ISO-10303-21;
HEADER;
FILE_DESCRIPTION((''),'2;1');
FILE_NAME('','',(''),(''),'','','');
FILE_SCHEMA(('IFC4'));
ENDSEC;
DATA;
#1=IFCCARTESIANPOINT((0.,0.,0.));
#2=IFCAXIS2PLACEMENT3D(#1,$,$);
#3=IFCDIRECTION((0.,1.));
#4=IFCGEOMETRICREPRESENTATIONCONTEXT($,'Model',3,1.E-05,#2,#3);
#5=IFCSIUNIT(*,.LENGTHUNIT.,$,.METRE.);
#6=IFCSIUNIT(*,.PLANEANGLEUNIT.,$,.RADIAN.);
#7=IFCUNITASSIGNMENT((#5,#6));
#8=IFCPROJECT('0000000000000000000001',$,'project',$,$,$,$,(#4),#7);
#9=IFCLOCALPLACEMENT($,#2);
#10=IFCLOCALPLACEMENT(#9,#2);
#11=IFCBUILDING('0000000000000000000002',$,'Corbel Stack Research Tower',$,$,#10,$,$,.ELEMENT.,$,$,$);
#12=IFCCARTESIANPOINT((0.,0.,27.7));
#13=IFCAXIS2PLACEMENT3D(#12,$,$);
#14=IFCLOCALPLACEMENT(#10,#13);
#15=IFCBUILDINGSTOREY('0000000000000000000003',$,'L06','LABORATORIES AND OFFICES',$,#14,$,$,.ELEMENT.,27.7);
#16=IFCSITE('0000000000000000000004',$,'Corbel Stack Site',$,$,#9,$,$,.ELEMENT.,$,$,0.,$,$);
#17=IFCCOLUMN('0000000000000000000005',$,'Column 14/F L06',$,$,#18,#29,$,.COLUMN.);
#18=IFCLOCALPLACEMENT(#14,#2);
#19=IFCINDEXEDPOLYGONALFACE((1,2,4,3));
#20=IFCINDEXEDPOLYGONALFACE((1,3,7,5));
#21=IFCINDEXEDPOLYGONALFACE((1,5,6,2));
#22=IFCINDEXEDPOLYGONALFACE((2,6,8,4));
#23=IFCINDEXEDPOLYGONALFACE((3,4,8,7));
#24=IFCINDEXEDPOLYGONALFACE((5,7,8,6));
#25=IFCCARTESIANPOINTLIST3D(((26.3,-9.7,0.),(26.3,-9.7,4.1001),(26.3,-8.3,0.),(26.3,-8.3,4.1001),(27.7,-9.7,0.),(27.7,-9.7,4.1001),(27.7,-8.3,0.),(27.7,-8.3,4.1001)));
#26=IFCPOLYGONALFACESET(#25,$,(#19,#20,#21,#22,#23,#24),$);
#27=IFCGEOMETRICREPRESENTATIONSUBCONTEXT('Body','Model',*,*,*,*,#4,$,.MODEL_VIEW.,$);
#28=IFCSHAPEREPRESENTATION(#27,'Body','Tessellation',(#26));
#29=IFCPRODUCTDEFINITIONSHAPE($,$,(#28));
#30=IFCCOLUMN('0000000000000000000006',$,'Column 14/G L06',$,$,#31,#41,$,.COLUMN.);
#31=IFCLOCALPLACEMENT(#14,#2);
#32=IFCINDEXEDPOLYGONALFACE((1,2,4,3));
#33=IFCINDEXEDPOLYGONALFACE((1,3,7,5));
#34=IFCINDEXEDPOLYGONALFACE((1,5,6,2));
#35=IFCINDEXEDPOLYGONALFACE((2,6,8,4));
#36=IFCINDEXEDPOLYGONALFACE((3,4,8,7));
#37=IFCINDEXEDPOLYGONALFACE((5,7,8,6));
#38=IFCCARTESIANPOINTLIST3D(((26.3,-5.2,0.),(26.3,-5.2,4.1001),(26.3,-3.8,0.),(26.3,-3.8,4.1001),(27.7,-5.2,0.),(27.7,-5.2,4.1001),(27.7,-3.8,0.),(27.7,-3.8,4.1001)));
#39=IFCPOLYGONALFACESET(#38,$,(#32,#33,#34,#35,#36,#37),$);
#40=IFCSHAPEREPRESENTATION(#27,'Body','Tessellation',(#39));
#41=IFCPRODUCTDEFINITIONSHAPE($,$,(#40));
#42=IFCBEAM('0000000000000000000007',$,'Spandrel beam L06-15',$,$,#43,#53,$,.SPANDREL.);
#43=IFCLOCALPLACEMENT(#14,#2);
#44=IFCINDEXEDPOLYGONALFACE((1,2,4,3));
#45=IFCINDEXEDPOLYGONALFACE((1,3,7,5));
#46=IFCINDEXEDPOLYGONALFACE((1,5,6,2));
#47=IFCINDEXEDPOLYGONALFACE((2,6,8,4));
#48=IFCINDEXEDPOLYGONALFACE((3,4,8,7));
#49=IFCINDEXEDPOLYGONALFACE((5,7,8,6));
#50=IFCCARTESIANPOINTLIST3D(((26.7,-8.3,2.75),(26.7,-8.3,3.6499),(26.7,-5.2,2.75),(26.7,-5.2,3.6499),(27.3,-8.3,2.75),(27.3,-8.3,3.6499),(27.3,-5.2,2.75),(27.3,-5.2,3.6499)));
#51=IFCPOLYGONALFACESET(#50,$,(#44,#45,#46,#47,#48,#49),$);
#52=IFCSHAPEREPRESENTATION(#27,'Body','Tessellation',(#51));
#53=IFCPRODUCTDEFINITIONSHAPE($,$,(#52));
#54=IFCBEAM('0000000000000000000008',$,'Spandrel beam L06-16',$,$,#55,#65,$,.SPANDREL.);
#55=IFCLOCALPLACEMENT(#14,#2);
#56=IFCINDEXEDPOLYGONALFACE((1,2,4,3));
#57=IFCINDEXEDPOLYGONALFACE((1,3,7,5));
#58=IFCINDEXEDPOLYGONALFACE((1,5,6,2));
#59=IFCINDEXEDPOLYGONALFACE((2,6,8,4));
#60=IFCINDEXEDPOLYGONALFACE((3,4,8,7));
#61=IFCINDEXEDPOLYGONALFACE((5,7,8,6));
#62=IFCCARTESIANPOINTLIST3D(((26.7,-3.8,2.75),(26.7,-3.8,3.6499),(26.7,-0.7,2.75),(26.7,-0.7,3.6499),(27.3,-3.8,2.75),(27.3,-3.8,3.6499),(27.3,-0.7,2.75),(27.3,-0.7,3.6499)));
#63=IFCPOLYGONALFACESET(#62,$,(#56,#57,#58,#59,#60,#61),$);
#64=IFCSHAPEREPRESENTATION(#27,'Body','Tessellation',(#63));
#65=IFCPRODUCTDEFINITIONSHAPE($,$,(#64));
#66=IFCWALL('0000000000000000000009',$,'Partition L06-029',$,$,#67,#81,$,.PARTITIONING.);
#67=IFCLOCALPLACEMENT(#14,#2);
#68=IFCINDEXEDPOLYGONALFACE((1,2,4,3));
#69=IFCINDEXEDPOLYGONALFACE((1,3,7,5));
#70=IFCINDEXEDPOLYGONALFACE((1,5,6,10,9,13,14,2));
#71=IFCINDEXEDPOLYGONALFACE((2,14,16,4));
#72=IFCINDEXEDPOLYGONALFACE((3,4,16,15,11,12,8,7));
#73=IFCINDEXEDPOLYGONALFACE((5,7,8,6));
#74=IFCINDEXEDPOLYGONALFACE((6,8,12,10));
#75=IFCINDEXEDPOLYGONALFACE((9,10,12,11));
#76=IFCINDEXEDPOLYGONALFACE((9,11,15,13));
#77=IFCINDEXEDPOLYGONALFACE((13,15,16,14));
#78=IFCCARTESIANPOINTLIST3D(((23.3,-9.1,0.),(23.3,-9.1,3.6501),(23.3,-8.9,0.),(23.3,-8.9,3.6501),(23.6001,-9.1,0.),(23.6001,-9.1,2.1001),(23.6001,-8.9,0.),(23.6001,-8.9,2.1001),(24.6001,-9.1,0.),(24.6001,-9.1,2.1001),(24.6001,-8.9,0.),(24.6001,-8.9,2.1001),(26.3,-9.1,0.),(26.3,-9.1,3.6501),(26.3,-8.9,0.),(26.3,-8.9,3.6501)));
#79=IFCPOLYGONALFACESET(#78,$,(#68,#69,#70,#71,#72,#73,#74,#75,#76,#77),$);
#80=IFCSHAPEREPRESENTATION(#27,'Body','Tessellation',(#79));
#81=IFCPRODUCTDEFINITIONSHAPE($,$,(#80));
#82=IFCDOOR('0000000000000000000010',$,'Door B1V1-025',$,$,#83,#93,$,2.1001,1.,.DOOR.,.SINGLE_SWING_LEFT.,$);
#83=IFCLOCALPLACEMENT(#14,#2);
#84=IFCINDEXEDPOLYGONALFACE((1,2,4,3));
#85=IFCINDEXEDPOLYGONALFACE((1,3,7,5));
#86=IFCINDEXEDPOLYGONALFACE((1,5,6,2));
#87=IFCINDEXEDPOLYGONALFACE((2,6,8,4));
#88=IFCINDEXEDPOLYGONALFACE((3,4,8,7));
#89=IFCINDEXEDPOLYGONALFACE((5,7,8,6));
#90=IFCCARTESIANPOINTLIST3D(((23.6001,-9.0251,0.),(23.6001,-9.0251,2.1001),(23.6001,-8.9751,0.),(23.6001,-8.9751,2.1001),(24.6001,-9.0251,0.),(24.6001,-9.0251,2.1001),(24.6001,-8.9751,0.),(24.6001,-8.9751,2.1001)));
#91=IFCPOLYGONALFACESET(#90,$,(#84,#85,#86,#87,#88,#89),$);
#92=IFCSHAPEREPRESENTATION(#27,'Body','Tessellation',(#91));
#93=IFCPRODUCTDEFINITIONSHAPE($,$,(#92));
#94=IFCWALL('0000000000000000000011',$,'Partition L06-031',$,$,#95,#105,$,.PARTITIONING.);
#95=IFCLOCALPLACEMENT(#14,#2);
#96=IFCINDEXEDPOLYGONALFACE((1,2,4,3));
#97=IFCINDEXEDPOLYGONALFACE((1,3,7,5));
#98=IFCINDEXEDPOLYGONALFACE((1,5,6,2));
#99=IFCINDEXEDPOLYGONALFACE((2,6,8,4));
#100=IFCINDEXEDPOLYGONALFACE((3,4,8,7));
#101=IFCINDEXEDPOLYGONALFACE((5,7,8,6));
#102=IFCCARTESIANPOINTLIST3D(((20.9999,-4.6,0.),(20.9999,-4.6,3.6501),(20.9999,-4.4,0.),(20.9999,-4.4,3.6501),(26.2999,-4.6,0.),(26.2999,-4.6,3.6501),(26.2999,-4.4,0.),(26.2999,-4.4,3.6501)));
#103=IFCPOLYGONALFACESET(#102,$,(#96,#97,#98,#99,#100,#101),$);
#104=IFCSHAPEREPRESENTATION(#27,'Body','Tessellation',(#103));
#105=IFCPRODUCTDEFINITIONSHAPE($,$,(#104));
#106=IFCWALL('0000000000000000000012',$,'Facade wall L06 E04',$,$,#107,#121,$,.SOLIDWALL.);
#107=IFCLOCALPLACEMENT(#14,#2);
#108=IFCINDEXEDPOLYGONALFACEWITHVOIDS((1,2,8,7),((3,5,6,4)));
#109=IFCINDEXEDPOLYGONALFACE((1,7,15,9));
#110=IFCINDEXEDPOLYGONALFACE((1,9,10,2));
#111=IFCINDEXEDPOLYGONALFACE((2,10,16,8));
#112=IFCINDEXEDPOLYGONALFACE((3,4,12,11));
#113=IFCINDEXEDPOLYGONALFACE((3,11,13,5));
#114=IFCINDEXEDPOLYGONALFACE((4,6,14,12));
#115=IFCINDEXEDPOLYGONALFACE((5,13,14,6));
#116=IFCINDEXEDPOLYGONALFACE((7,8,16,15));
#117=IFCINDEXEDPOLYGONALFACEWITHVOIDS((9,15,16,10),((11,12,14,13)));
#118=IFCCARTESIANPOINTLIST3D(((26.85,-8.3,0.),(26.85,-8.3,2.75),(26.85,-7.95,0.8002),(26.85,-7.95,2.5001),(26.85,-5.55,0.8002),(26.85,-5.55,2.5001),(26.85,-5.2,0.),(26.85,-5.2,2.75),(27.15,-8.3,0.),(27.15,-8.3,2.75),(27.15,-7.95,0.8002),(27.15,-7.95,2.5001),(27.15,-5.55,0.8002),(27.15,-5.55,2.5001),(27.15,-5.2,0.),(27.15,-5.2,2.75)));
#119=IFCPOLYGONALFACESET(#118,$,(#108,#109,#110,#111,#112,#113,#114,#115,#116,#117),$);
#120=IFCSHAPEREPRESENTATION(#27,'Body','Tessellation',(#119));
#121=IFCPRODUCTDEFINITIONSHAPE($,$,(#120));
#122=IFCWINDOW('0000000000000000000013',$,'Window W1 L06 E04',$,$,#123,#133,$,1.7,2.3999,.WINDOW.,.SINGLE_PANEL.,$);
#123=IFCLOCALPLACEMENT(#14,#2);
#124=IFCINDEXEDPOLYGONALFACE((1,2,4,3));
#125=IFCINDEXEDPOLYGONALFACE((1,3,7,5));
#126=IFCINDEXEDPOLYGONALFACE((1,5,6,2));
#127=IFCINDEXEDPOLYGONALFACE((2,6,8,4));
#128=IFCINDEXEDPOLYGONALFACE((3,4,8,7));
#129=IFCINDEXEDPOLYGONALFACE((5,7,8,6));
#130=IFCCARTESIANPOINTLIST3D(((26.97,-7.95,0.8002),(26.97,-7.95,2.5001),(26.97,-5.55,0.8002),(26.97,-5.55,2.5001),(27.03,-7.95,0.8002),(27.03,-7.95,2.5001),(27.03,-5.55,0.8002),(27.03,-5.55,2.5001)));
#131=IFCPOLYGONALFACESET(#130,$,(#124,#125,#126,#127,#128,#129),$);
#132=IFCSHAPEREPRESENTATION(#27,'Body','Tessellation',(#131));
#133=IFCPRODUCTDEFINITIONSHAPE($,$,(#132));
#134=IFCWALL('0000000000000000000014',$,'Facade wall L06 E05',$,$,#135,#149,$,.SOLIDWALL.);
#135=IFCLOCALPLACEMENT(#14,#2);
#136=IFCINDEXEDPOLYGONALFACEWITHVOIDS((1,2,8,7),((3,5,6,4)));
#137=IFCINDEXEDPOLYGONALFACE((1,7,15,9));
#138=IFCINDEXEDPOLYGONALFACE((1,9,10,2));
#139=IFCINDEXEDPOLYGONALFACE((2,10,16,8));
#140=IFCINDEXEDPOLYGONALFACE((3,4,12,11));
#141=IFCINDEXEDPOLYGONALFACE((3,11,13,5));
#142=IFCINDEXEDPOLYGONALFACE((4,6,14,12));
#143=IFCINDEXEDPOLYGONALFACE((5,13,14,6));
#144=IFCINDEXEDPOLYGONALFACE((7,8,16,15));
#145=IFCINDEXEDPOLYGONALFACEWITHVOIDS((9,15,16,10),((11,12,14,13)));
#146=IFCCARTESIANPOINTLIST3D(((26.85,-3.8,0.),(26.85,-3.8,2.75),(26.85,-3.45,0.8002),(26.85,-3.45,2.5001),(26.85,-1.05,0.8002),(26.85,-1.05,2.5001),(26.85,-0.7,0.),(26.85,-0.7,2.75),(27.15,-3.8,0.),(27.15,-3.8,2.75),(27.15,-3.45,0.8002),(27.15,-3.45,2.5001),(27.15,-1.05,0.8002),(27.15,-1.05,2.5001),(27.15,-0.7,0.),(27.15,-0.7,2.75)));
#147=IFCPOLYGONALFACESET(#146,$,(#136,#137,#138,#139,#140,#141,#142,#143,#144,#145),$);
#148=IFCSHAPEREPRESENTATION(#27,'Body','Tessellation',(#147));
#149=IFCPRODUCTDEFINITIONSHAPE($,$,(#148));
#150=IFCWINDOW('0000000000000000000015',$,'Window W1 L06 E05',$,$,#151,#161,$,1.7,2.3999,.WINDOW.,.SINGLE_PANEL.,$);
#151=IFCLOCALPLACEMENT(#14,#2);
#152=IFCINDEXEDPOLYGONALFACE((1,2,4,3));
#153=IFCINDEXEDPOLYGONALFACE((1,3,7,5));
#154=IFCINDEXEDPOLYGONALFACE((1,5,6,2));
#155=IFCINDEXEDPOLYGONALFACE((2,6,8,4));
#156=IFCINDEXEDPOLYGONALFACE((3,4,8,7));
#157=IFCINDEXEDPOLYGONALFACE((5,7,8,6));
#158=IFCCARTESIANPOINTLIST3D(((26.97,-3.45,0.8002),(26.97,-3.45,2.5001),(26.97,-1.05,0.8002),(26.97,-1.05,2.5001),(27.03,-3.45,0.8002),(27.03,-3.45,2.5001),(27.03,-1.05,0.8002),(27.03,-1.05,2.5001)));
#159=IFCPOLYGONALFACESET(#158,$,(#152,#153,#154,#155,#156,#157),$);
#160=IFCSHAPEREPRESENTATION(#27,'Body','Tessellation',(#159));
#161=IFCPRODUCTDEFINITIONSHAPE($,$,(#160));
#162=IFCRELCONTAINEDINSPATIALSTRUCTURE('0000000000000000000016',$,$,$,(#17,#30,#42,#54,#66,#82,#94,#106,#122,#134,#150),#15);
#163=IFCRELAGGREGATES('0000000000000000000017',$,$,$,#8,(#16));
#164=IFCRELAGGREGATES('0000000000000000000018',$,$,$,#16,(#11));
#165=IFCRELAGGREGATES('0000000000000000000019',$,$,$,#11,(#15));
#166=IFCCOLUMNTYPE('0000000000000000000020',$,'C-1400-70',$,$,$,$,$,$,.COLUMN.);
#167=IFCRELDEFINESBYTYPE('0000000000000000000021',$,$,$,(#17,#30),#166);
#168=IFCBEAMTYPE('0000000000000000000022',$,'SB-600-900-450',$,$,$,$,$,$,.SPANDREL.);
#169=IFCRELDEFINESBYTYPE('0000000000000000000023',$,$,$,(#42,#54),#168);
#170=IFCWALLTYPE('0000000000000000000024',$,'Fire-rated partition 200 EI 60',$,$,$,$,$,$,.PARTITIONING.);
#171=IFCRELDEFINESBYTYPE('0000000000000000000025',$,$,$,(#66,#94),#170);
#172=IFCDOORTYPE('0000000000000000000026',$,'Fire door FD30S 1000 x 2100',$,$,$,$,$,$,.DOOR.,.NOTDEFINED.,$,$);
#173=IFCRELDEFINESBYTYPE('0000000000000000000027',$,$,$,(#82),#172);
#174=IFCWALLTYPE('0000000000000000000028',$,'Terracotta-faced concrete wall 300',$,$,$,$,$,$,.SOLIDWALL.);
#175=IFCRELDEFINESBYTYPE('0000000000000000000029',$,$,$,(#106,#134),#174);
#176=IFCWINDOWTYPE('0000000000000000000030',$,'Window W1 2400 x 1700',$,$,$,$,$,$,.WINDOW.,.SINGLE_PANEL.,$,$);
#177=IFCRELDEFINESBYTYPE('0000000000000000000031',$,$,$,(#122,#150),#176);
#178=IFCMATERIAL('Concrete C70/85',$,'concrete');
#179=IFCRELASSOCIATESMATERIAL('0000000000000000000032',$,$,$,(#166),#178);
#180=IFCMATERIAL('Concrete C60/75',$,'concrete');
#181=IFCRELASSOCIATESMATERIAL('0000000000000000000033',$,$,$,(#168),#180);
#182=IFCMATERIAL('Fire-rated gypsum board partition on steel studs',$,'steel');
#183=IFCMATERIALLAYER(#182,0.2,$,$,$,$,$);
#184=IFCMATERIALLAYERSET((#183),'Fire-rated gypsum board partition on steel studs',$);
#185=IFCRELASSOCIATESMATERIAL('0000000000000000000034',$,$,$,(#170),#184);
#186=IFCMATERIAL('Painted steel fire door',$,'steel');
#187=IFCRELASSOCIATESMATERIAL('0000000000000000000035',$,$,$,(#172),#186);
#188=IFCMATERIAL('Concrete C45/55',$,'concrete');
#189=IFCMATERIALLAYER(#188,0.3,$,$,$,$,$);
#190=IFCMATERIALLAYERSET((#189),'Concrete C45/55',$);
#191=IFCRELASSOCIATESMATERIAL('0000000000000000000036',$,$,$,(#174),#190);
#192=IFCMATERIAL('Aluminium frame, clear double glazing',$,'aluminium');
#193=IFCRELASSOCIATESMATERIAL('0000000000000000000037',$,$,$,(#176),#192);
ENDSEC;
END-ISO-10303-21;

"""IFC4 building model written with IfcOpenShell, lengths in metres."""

from ifc_helpers import new_model, si_unit, direction, frame, frame_2d, origin, origin_2d, place, context, subcontext, project, spatial, rectangle, extrude, material, layer, layer_set, material_profile, profile_set, type_object, element, fill, save


model = new_model("IFC4")

# Units and contexts
model_context = context("Model", 3, precision=1e-05, world=origin(), true_north=direction((0.0, 1.0)))
body_context = subcontext(model_context, "Body", "Model", "MODEL_VIEW")
ifc_project = project(units=[si_unit("LENGTHUNIT", "METRE"), si_unit("PLANEANGLEUNIT", "RADIAN")], contexts=[model_context])

# Site, building, storey
site_placement = place(None, origin())
site = spatial("IfcSite", under=ifc_project, at=site_placement, Name="Corbel Stack Site", CompositionType="ELEMENT", RefElevation=0.0)
building_placement = place(site_placement, origin())
building = spatial("IfcBuilding", under=site, at=building_placement, Name="Corbel Stack Research Tower", CompositionType="ELEMENT")
storey_placement = place(building_placement, frame((0.0, 0.0, 27.7)))
storey = spatial("IfcBuildingStorey", under=building, at=storey_placement, Name="L06", Description="LABORATORIES AND OFFICES", CompositionType="ELEMENT", Elevation=27.7)

# Columns
ifc_material_1 = material(Name="Concrete C70/85", Category="concrete")
ifc_material_profile_1 = material_profile(ifc_material_1, rectangle(XDim=1.3999, YDim=1.3999, at=origin_2d()), Name="RC 1400 x 1400")
ifc_profile_set_1 = profile_set([ifc_material_profile_1], Name="Concrete C70/85")
column_type = type_object("IfcColumnType", Name="C-1400-70", PredefinedType="COLUMN", material=ifc_profile_set_1)
for number, where, z_axis, x_axis, name in (
    (1, (27.0, -9.0, 0.0), (0.0, 0.0, 1.0), (1.0, 0.0, 0.0), "Column 14/F L06"),
    (2, (27.0, -4.5, 0.0), (0.0, 0.0, 1.0), (1.0, 0.0, 0.0), "Column 14/G L06"),
):
    element("IfcColumn", number, at=place(storey_placement, frame(where, z_axis=z_axis, x_axis=x_axis)), inside=storey, type_object=column_type, Name=name, PredefinedType="COLUMN", context=body_context, shape_type="SweptSolid", body=[
        extrude(rectangle(XDim=1.3999, YDim=1.3999, at=origin_2d()), origin(), (0.0, 0.0, 1.0), 4.1001),
    ])

# Beams
ifc_material_2 = material(Name="Concrete C60/75", Category="concrete")
ifc_material_profile_2 = material_profile(ifc_material_2, rectangle(XDim=0.6001, YDim=0.8999, at=origin_2d()), Name="RC 600 x 900")
ifc_profile_set_2 = profile_set([ifc_material_profile_2], Name="Concrete C60/75")
beam_type = type_object("IfcBeamType", Name="SB-600-900-450", PredefinedType="SPANDREL", material=ifc_profile_set_2)
for number, where, z_axis, x_axis, name in (
    (3, (27.0, -8.3, 3.2), (0.0, 1.0, 0.0), (-1.0, 0.0, 0.0), "Spandrel beam L06-15"),
    (4, (27.0, -3.8, 3.2), (0.0, 1.0, 0.0), (-1.0, 0.0, 0.0), "Spandrel beam L06-16"),
):
    element("IfcBeam", number, at=place(storey_placement, frame(where, z_axis=z_axis, x_axis=x_axis)), inside=storey, type_object=beam_type, Name=name, PredefinedType="SPANDREL", context=body_context, shape_type="SweptSolid", body=[
        extrude(rectangle(XDim=0.6001, YDim=0.8999, at=origin_2d()), origin(), (0.0, 0.0, 1.0), 3.1001),
    ])

# Wall, opening, door
ifc_material_3 = material(Name="Fire-rated gypsum board partition on steel studs", Category="steel")
ifc_layer_1 = layer(ifc_material_3, 0.2)
ifc_layer_set_1 = layer_set([ifc_layer_1], Name="Fire-rated gypsum board partition on steel studs")
wall_type_1 = type_object("IfcWallType", Name="Fire-rated partition 200 EI 60", PredefinedType="PARTITIONING", material=ifc_layer_set_1)
wall_1_placement = place(storey_placement, frame((23.3, -9.0, 0.0), z_axis=(0.0, 0.0, 1.0), x_axis=(1.0, 0.0, 0.0)))
wall_1 = element("IfcWall", 5, at=wall_1_placement, inside=storey, type_object=wall_type_1, Name="Partition L06-029", PredefinedType="PARTITIONING", context=body_context, shape_type="SweptSolid", body=[
    extrude(rectangle(XDim=3.0, YDim=0.2, at=frame_2d((1.5, 0.0))), origin(), (0.0, 0.0, 1.0), 3.6501),
])
opening_1_placement = place(wall_1_placement, frame((0.3, 0.0, 0.0)))
opening_1 = element("IfcOpeningElement", 6, at=opening_1_placement, cuts=wall_1, PredefinedType="OPENING", context=body_context, shape_type="SweptSolid", body=[
    extrude(rectangle(XDim=1.0, YDim=2.1001, at=frame_2d((0.5, 1.05))), frame((0.0, 0.1099, 0.0), z_axis=(0.0, -1.0, 0.0), x_axis=(1.0, 0.0, 0.0)), (0.0, 0.0, 1.0), 0.22),
])
ifc_material_4 = material(Name="Painted steel fire door", Category="steel")
door_type = type_object("IfcDoorType", Name="Fire door FD30S 1000 x 2100", OperationType="NOTDEFINED", PredefinedType="DOOR", material=ifc_material_4)
door_placement = place(opening_1_placement, origin())
door = element("IfcDoor", 7, at=door_placement, inside=storey, type_object=door_type, Name="Door B1V1-025", OperationType="SINGLE_SWING_LEFT", OverallHeight=2.1001, OverallWidth=1.0, PredefinedType="DOOR", context=body_context, shape_type="SweptSolid", body=[
    extrude(rectangle(XDim=1.0, YDim=2.1001, at=frame_2d((0.5, 1.05))), frame((0.0, 0.0249, 0.0), z_axis=(0.0, -1.0, 0.0), x_axis=(1.0, 0.0, 0.0)), (0.0, 0.0, 1.0), 0.05),
])
fill(opening_1, door)

# Wall
wall_2_placement = place(storey_placement, frame((21.0, -4.5, 0.0), z_axis=(0.0, 0.0, 1.0), x_axis=(1.0, 0.0, 0.0)))
element("IfcWall", 8, at=wall_2_placement, inside=storey, type_object=wall_type_1, Name="Partition L06-031", PredefinedType="PARTITIONING", context=body_context, shape_type="SweptSolid", body=[
    extrude(rectangle(XDim=5.3, YDim=0.2, at=frame_2d((2.6499, 0.0))), origin(), (0.0, 0.0, 1.0), 3.6501),
])

# Walls, openings, windows
ifc_material_5 = material(Name="Concrete C45/55", Category="concrete")
ifc_layer_2 = layer(ifc_material_5, 0.3)
ifc_layer_set_2 = layer_set([ifc_layer_2], Name="Concrete C45/55")
wall_type_2 = type_object("IfcWallType", Name="Terracotta-faced concrete wall 300", PredefinedType="SOLIDWALL", material=ifc_layer_set_2)
wall_3_placement = place(storey_placement, frame((27.0, -5.2, 0.0), z_axis=(0.0, 0.0, 1.0), x_axis=(0.0, -1.0, 0.0)))
wall_3 = element("IfcWall", 9, at=wall_3_placement, inside=storey, type_object=wall_type_2, Name="Facade wall L06 E04", PredefinedType="SOLIDWALL", context=body_context, shape_type="SweptSolid", body=[
    extrude(rectangle(XDim=3.1001, YDim=0.3, at=frame_2d((1.55, 0.0))), origin(), (0.0, 0.0, 1.0), 2.75),
])
opening_2_placement = place(wall_3_placement, frame((0.3501, 0.0, 0.8)))
opening_2 = element("IfcOpeningElement", 10, at=opening_2_placement, cuts=wall_3, PredefinedType="OPENING", context=body_context, shape_type="SweptSolid", body=[
    extrude(rectangle(XDim=2.3999, YDim=1.7, at=frame_2d((1.2, 0.8501))), frame((0.0, 0.1599, 0.0), z_axis=(0.0, -1.0, 0.0), x_axis=(1.0, 0.0, 0.0)), (0.0, 0.0, 1.0), 0.3201),
])
ifc_material_6 = material(Name="Aluminium frame, clear double glazing", Category="aluminium")
window_type = type_object("IfcWindowType", Name="Window W1 2400 x 1700", PartitioningType="SINGLE_PANEL", PredefinedType="WINDOW", material=ifc_material_6)
window_1_placement = place(opening_2_placement, origin())
window_1 = element("IfcWindow", 11, at=window_1_placement, inside=storey, type_object=window_type, Name="Window W1 L06 E04", OverallHeight=1.7, OverallWidth=2.3999, PartitioningType="SINGLE_PANEL", PredefinedType="WINDOW", context=body_context, shape_type="SweptSolid", body=[
    extrude(rectangle(XDim=2.3999, YDim=1.7, at=frame_2d((1.2, 0.8501))), frame((0.0, 0.03, 0.0), z_axis=(0.0, -1.0, 0.0), x_axis=(1.0, 0.0, 0.0)), (0.0, 0.0, 1.0), 0.0601),
])
fill(opening_2, window_1)
wall_4_placement = place(storey_placement, frame((27.0, -0.7, 0.0), z_axis=(0.0, 0.0, 1.0), x_axis=(0.0, -1.0, 0.0)))
wall_4 = element("IfcWall", 12, at=wall_4_placement, inside=storey, type_object=wall_type_2, Name="Facade wall L06 E05", PredefinedType="SOLIDWALL", context=body_context, shape_type="SweptSolid", body=[
    extrude(rectangle(XDim=3.1001, YDim=0.3, at=frame_2d((1.55, 0.0))), origin(), (0.0, 0.0, 1.0), 2.75),
])
opening_3_placement = place(wall_4_placement, frame((0.3501, 0.0, 0.8)))
opening_3 = element("IfcOpeningElement", 13, at=opening_3_placement, cuts=wall_4, PredefinedType="OPENING", context=body_context, shape_type="SweptSolid", body=[
    extrude(rectangle(XDim=2.3999, YDim=1.7, at=frame_2d((1.2, 0.8501))), frame((0.0, 0.1599, 0.0), z_axis=(0.0, -1.0, 0.0), x_axis=(1.0, 0.0, 0.0)), (0.0, 0.0, 1.0), 0.3201),
])
window_2_placement = place(opening_3_placement, origin())
window_2 = element("IfcWindow", 14, at=window_2_placement, inside=storey, type_object=window_type, Name="Window W1 L06 E05", OverallHeight=1.7, OverallWidth=2.3999, PartitioningType="SINGLE_PANEL", PredefinedType="WINDOW", context=body_context, shape_type="SweptSolid", body=[
    extrude(rectangle(XDim=2.3999, YDim=1.7, at=frame_2d((1.2, 0.8501))), frame((0.0, 0.03, 0.0), z_axis=(0.0, -1.0, 0.0), x_axis=(1.0, 0.0, 0.0)), (0.0, 0.0, 1.0), 0.0601),
])
fill(opening_3, window_2)

save(model, "model.ifc")
